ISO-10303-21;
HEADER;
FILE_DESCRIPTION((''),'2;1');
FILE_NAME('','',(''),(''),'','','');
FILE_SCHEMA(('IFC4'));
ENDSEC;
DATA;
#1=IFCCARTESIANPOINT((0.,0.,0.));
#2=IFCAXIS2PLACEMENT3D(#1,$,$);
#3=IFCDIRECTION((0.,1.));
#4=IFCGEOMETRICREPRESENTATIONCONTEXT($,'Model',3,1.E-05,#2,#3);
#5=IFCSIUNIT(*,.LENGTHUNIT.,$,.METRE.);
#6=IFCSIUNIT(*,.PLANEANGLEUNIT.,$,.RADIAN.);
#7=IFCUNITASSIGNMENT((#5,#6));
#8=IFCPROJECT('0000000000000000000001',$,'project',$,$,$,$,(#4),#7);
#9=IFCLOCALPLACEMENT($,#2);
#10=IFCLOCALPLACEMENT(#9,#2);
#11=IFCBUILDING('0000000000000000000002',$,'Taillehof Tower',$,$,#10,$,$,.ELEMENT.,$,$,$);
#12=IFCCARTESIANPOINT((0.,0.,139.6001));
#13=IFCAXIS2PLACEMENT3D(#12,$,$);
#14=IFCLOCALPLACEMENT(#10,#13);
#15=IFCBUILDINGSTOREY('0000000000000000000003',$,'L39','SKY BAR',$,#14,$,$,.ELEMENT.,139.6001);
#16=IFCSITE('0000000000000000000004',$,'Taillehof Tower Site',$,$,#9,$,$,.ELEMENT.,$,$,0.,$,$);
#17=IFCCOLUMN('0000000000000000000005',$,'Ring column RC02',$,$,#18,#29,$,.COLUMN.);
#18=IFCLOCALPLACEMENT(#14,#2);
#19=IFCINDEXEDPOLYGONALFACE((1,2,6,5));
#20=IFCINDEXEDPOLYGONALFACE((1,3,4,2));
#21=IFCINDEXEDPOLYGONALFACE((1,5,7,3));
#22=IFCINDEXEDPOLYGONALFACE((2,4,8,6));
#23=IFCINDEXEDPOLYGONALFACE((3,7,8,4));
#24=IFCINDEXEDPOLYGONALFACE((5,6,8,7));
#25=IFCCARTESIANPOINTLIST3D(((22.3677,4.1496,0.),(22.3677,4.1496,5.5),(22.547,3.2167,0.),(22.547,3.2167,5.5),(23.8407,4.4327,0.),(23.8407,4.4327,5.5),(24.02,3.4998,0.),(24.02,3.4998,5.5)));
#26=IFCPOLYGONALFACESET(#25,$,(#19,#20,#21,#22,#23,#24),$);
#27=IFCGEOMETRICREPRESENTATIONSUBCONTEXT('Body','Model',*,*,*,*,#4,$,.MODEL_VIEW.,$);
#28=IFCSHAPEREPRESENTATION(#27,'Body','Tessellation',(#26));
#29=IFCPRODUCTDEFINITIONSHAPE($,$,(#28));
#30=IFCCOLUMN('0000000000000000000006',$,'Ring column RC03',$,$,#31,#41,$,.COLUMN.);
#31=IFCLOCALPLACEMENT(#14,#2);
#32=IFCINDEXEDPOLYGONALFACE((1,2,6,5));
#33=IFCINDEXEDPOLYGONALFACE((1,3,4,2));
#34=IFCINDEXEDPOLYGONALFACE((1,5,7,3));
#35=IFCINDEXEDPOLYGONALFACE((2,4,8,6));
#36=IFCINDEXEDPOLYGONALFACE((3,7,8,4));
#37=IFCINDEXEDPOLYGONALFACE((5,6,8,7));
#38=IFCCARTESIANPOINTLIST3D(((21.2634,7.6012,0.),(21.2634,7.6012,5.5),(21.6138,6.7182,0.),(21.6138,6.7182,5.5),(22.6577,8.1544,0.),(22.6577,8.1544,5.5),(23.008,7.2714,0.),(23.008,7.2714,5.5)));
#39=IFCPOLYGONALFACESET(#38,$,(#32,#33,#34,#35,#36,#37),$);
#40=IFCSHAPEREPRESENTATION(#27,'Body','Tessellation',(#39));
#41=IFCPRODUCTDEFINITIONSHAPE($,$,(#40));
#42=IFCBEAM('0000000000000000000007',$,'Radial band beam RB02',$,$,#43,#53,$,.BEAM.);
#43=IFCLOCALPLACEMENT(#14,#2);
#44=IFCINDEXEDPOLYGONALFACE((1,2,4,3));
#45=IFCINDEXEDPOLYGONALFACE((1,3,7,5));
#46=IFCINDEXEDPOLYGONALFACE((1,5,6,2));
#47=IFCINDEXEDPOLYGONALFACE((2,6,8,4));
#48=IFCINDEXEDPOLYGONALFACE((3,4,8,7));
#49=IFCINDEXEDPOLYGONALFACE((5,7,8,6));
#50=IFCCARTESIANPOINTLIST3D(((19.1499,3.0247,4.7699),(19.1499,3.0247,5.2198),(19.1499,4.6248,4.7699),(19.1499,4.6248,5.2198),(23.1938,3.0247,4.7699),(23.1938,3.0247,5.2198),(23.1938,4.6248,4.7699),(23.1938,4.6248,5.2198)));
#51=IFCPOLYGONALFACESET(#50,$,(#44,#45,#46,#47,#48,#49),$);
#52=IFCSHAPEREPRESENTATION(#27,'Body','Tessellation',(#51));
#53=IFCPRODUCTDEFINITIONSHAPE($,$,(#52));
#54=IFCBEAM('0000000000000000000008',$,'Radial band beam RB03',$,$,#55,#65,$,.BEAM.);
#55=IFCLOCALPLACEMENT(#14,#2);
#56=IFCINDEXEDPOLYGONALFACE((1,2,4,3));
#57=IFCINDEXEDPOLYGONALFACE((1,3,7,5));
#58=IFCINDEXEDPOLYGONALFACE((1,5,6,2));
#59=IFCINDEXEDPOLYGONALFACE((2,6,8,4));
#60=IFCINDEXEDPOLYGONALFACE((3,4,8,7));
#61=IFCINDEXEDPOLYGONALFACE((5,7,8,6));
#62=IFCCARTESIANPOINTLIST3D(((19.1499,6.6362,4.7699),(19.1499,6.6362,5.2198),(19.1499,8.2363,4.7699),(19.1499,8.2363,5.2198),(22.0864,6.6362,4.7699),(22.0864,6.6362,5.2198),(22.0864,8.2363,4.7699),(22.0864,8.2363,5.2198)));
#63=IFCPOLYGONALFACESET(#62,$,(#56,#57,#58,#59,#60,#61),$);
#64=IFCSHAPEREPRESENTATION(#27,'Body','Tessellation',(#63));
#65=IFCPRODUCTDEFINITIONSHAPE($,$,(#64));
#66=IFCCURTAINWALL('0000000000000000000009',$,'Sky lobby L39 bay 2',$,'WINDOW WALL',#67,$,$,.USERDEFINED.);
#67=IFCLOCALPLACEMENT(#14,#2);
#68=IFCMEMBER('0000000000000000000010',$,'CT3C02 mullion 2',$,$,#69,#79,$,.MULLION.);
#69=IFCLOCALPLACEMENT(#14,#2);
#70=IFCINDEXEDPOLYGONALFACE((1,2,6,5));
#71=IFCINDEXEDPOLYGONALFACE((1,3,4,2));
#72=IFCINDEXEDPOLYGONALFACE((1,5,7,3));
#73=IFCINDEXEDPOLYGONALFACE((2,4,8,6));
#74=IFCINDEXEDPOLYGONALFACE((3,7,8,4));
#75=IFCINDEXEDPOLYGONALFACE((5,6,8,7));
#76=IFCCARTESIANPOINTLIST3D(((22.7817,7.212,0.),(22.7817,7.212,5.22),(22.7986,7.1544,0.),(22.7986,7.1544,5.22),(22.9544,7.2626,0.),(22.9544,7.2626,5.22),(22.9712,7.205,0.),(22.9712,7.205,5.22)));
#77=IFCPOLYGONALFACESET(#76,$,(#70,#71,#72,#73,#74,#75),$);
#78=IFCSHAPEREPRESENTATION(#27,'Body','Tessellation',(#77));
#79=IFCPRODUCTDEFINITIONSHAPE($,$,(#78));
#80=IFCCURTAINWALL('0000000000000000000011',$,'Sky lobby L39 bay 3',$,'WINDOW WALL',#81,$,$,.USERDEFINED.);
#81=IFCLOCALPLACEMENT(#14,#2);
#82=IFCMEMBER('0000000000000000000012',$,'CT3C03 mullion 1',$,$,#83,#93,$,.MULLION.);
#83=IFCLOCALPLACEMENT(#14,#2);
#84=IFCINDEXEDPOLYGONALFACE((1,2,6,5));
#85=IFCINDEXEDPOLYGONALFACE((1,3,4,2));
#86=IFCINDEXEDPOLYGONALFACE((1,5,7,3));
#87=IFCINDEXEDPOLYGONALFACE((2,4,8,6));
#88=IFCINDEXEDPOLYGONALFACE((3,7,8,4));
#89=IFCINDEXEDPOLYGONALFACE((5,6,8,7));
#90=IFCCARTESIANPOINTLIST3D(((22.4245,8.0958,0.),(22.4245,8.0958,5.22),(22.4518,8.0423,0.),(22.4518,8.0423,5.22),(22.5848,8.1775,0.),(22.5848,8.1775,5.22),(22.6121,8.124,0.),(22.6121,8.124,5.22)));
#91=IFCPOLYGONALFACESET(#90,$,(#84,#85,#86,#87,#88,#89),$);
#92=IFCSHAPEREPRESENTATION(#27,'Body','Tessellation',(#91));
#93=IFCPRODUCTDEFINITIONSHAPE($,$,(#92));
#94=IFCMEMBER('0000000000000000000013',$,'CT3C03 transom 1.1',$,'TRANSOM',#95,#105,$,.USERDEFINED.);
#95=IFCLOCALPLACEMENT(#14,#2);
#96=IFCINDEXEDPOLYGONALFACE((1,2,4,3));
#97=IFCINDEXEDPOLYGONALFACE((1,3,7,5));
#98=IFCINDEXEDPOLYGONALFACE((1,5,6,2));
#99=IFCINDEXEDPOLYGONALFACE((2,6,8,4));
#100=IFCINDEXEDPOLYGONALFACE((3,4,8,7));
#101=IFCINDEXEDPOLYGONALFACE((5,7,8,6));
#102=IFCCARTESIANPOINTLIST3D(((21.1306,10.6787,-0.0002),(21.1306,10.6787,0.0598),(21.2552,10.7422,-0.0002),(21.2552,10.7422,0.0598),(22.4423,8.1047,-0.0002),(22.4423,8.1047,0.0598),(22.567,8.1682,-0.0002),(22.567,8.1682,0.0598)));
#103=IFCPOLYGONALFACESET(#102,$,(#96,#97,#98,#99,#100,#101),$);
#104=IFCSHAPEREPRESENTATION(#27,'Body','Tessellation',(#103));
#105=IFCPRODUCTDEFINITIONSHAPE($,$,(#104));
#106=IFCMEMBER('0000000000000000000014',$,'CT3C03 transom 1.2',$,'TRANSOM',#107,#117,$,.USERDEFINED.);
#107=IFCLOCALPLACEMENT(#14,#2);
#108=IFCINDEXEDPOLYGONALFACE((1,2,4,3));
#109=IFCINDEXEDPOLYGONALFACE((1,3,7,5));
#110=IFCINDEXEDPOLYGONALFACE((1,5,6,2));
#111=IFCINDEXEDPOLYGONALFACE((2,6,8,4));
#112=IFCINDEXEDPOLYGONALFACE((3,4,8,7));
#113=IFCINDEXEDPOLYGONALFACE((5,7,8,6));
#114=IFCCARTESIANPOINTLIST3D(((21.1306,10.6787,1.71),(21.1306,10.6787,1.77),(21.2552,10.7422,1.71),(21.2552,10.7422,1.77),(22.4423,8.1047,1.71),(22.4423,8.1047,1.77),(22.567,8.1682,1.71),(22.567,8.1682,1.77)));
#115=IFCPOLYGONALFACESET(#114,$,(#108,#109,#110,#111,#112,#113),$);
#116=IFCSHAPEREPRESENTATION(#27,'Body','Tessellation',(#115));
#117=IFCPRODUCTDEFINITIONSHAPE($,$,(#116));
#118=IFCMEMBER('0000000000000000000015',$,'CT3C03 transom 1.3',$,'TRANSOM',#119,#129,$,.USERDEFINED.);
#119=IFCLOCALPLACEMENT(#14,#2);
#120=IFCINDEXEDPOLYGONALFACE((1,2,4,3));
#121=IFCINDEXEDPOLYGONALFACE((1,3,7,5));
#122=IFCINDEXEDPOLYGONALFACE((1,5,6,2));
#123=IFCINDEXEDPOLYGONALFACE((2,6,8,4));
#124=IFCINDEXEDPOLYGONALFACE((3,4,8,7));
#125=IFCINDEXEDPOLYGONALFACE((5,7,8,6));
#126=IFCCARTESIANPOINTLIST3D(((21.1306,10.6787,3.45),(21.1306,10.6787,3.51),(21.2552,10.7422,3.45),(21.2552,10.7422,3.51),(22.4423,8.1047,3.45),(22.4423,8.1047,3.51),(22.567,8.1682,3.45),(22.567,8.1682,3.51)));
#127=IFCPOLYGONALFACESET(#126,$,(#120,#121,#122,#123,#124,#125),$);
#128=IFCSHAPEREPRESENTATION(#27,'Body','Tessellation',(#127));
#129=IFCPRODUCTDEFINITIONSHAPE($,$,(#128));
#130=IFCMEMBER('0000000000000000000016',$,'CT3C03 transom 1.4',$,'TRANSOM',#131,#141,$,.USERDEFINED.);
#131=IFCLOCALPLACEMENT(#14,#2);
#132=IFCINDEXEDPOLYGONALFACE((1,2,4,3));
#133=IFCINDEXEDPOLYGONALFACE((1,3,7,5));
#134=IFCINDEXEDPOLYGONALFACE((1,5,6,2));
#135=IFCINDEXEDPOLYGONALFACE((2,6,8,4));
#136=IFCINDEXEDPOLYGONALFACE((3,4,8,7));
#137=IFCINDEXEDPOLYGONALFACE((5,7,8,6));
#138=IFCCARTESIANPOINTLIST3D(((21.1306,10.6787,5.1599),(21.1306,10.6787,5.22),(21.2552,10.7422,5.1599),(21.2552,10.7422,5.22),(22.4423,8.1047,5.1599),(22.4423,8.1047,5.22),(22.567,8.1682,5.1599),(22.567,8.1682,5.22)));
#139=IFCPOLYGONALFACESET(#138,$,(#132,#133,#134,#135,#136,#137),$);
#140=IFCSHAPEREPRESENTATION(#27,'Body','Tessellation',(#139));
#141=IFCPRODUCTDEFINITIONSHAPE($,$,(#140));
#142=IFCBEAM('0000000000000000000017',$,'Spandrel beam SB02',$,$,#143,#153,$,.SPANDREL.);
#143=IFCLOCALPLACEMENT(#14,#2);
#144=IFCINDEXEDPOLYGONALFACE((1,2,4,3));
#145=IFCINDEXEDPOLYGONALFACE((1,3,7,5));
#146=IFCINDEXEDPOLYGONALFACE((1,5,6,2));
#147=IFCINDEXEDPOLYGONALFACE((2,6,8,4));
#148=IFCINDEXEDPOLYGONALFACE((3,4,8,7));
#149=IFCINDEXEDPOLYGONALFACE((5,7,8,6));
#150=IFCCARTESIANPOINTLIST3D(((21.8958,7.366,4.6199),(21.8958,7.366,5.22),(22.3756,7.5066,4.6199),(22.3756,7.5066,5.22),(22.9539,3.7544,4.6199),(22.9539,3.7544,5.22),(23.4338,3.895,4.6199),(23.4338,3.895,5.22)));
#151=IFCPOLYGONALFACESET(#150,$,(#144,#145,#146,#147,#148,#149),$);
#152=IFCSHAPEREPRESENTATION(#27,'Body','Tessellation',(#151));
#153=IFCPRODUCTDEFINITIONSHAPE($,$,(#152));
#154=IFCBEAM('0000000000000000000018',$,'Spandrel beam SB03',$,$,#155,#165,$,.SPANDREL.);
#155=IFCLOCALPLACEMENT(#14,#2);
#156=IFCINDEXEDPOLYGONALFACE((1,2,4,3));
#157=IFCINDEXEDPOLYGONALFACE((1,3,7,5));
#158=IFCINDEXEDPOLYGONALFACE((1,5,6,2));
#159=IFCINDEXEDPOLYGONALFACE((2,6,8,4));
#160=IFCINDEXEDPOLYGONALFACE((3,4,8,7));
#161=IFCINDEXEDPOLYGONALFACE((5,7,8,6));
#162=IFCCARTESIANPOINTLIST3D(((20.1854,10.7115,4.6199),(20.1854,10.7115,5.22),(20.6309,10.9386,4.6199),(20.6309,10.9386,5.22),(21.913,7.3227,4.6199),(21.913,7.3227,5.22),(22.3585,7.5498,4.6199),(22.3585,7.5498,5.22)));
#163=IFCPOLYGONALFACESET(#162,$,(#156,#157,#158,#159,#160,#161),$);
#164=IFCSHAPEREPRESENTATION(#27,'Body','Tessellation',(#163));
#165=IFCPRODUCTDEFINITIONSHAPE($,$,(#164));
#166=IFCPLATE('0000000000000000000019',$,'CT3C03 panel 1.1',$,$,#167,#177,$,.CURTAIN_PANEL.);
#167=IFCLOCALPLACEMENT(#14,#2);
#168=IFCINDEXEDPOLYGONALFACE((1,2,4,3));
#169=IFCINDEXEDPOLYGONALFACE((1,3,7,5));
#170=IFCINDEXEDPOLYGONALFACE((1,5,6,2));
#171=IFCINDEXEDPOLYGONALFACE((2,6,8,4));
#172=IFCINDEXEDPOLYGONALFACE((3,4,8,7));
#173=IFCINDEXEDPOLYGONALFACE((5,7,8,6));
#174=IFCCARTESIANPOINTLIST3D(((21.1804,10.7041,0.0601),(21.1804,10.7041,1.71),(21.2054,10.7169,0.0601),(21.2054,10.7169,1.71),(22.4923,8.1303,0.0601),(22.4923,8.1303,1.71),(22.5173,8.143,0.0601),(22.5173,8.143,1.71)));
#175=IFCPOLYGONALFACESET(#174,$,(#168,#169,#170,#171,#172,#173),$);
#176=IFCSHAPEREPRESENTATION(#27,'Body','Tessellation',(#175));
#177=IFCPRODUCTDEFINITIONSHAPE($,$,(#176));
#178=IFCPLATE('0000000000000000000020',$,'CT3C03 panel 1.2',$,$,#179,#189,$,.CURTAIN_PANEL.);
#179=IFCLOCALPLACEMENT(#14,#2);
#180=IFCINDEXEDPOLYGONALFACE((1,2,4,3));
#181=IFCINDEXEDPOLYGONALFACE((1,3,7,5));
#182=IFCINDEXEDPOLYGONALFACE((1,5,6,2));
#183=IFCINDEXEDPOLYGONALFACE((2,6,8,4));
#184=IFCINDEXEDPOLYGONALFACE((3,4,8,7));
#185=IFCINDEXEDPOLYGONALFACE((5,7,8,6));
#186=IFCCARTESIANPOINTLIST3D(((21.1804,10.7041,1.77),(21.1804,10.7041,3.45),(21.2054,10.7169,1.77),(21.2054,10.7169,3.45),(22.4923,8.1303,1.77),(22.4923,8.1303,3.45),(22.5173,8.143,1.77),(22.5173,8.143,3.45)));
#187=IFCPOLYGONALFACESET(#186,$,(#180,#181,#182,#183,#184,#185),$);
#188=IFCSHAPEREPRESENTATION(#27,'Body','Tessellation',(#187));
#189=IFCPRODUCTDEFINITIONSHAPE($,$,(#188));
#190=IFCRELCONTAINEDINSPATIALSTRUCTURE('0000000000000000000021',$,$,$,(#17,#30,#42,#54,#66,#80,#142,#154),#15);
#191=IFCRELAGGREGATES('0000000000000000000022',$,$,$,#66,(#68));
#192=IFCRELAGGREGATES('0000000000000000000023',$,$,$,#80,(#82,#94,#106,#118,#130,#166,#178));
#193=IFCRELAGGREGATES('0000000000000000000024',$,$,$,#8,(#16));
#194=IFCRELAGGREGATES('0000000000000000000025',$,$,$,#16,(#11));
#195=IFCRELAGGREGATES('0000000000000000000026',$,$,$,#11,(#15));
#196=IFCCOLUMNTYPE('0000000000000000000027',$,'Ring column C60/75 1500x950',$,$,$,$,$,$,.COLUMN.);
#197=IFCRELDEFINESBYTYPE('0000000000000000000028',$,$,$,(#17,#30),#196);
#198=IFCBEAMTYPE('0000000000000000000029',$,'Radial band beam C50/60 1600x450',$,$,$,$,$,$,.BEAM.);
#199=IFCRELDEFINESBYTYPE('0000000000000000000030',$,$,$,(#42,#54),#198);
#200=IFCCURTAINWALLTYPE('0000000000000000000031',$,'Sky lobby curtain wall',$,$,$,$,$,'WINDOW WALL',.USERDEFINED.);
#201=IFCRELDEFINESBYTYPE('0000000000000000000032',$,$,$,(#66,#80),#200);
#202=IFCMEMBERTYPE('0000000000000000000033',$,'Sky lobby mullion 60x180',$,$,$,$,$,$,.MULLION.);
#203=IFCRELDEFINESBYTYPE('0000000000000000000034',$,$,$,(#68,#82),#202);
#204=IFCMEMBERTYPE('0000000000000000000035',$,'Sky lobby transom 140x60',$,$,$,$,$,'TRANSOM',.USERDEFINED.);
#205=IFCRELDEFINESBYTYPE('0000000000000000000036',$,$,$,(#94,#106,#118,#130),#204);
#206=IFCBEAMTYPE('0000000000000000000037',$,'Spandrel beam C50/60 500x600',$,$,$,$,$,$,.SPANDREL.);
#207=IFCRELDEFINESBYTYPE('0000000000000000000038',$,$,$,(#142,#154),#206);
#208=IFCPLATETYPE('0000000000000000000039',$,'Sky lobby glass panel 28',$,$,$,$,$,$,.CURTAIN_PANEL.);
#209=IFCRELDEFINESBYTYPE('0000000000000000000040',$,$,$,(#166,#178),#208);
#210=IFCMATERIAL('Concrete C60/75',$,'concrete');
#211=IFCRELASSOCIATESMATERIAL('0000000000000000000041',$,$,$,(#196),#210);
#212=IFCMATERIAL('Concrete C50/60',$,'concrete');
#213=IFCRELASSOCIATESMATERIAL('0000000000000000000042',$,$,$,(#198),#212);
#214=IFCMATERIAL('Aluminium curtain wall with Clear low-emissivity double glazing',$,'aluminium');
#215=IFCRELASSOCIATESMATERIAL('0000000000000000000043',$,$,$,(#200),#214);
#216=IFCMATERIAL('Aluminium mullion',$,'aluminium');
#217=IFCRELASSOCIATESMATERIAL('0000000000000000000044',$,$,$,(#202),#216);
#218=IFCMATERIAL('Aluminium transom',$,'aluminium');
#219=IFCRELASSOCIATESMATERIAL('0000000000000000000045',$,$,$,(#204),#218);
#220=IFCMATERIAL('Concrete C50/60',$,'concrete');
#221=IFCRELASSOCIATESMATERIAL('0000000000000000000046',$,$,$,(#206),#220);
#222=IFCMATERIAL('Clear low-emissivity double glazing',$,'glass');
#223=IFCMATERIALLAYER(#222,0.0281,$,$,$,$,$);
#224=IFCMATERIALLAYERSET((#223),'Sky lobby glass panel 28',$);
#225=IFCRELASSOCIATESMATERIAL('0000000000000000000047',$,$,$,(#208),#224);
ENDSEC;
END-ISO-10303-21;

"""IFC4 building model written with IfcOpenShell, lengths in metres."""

from ifc_helpers import new_model, si_unit, direction, frame, origin, origin_2d, place, context, subcontext, project, spatial, rectangle, extrude, material, layer, layer_set, material_profile, profile_set, type_object, element, aggregate, save


model = new_model("IFC4")

# Units and contexts
model_context = context("Model", 3, precision=1e-05, world=origin(), true_north=direction((0.0, 1.0)))
body_context = subcontext(model_context, "Body", "Model", "MODEL_VIEW")
ifc_project = project(units=[si_unit("LENGTHUNIT", "METRE"), si_unit("PLANEANGLEUNIT", "RADIAN")], contexts=[model_context])

# Site, building, storey
site_placement = place(None, origin())
site = spatial("IfcSite", under=ifc_project, at=site_placement, Name="Taillehof Tower Site", CompositionType="ELEMENT", RefElevation=0.0)
building_placement = place(site_placement, origin())
building = spatial("IfcBuilding", under=site, at=building_placement, Name="Taillehof Tower", CompositionType="ELEMENT")
storey_placement = place(building_placement, frame((0.0, 0.0, 139.6001)))
storey = spatial("IfcBuildingStorey", under=building, at=storey_placement, Name="L39", Description="SKY BAR", CompositionType="ELEMENT", Elevation=139.6001)

# Columns
ifc_material_1 = material(Name="Concrete C60/75", Category="concrete")
ifc_material_profile_1 = material_profile(ifc_material_1, rectangle(XDim=1.5, YDim=0.95, at=origin_2d()), Name="RC 1500x950")
ifc_profile_set_1 = profile_set([ifc_material_profile_1], Name="Concrete C60/75")
column_type = type_object("IfcColumnType", Name="Ring column C60/75 1500x950", PredefinedType="COLUMN", material=ifc_profile_set_1)
for number, where, z_axis, x_axis, name in (
    (1, (23.1938, 3.8247, 0.0), (0.0, 0.0, 1.0), (0.982024, 0.188757, 0.0), "Ring column RC02"),
    (2, (22.1357, 7.4363, 0.0), (0.0, 0.0, 1.0), (0.929511, 0.368793, 0.0), "Ring column RC03"),
):
    element("IfcColumn", number, at=place(storey_placement, frame(where, z_axis=z_axis, x_axis=x_axis)), inside=storey, type_object=column_type, Name=name, PredefinedType="COLUMN", context=body_context, shape_type="SweptSolid", body=[
        extrude(rectangle(XDim=1.5, YDim=0.95, at=origin_2d()), origin(), (0.0, 0.0, 1.0), 5.5),
    ])

# Beams
ifc_material_2 = material(Name="Concrete C50/60", Category="concrete")
ifc_material_profile_2 = material_profile(ifc_material_2, rectangle(XDim=1.6001, YDim=0.45, at=origin_2d()), Name="RC 1600x450")
ifc_profile_set_2 = profile_set([ifc_material_profile_2], Name="Concrete C50/60")
beam_type_1 = type_object("IfcBeamType", Name="Radial band beam C50/60 1600x450", PredefinedType="BEAM", material=ifc_profile_set_2)
beam_1_placement = place(storey_placement, frame((23.1938, 3.8247, 4.9949), z_axis=(-1.0, 0.0, 0.0), x_axis=(0.0, -1.0, 0.0)))
element("IfcBeam", 3, at=beam_1_placement, inside=storey, type_object=beam_type_1, Name="Radial band beam RB02", PredefinedType="BEAM", context=body_context, shape_type="SweptSolid", body=[
    extrude(rectangle(XDim=1.6001, YDim=0.45, at=origin_2d()), origin(), (0.0, 0.0, 1.0), 4.0439),
])
beam_2_placement = place(storey_placement, frame((22.0864, 7.4363, 4.9949), z_axis=(-1.0, 0.0, 0.0), x_axis=(0.0, -1.0, 0.0)))
element("IfcBeam", 4, at=beam_2_placement, inside=storey, type_object=beam_type_1, Name="Radial band beam RB03", PredefinedType="BEAM", context=body_context, shape_type="SweptSolid", body=[
    extrude(rectangle(XDim=1.6001, YDim=0.45, at=origin_2d()), origin(), (0.0, 0.0, 1.0), 2.9365),
])

# Curtain wall, member
ifc_material_3 = material(Name="Aluminium curtain wall with Clear low-emissivity double glazing", Category="aluminium")
curtain_wall_type = type_object("IfcCurtainWallType", Name="Sky lobby curtain wall", ElementType="WINDOW WALL", PredefinedType="USERDEFINED", material=ifc_material_3)
curtain_wall_1_placement = place(storey_placement, origin())
curtain_wall_1 = element("IfcCurtainWall", 5, at=curtain_wall_1_placement, inside=storey, type_object=curtain_wall_type, Name="Sky lobby L39 bay 2", ObjectType="WINDOW WALL", PredefinedType="USERDEFINED")
ifc_material_4 = material(Name="Aluminium mullion", Category="aluminium")
ifc_material_profile_3 = material_profile(ifc_material_4, rectangle(XDim=0.1799, YDim=0.0601, at=origin_2d()), Name="AL 60x180")
ifc_profile_set_3 = profile_set([ifc_material_profile_3], Name="Aluminium mullion")
member_type_1 = type_object("IfcMemberType", Name="Sky lobby mullion 60x180", PredefinedType="MULLION", material=ifc_profile_set_3)
member_1_placement = place(storey_placement, frame((22.8765, 7.2085, 0.0), z_axis=(0.0, 0.0, 1.0), x_axis=(-0.959684, -0.28108, 0.0)))
member_1 = element("IfcMember", 6, at=member_1_placement, type_object=member_type_1, Name="CT3C02 mullion 2", PredefinedType="MULLION", context=body_context, shape_type="SweptSolid", body=[
    extrude(rectangle(XDim=0.1799, YDim=0.0601, at=origin_2d()), origin(), (0.0, 0.0, 1.0), 5.22),
])
aggregate(curtain_wall_1, [member_1])

# Curtain wall, members
curtain_wall_2_placement = place(storey_placement, origin())
curtain_wall_2 = element("IfcCurtainWall", 7, at=curtain_wall_2_placement, inside=storey, type_object=curtain_wall_type, Name="Sky lobby L39 bay 3", ObjectType="WINDOW WALL", PredefinedType="USERDEFINED")
member_2_placement = place(storey_placement, frame((22.5183, 8.1099, 0.0), z_axis=(0.0, 0.0, 1.0), x_axis=(-0.89094, -0.454121, 0.0)))
member_2 = element("IfcMember", 8, at=member_2_placement, type_object=member_type_1, Name="CT3C03 mullion 1", PredefinedType="MULLION", context=body_context, shape_type="SweptSolid", body=[
    extrude(rectangle(XDim=0.1799, YDim=0.0601, at=origin_2d()), origin(), (0.0, 0.0, 1.0), 5.22),
])
ifc_material_5 = material(Name="Aluminium transom", Category="aluminium")
ifc_material_profile_4 = material_profile(ifc_material_5, rectangle(XDim=0.1399, YDim=0.0601, at=origin_2d()), Name="AL 140x60")
ifc_profile_set_4 = profile_set([ifc_material_profile_4], Name="Aluminium transom")
member_type_2 = type_object("IfcMemberType", Name="Sky lobby transom 140x60", ElementType="TRANSOM", PredefinedType="USERDEFINED", material=ifc_profile_set_4)
member_3_placement = place(storey_placement, frame((22.5046, 8.1365, 0.0298), z_axis=(-0.454062, 0.89097, 0.0), x_axis=(-0.89097, -0.454062, 0.0)))
member_3 = element("IfcMember", 9, at=member_3_placement, type_object=member_type_2, Name="CT3C03 transom 1.1", ObjectType="TRANSOM", PredefinedType="USERDEFINED", context=body_context, shape_type="SweptSolid", body=[
    extrude(rectangle(XDim=0.1399, YDim=0.0601, at=origin_2d()), origin(), (0.0, 0.0, 1.0), 2.8889),
])
member_4_placement = place(storey_placement, frame((22.5046, 8.1365, 1.74), z_axis=(-0.454062, 0.89097, 0.0), x_axis=(-0.89097, -0.454062, 0.0)))
member_4 = element("IfcMember", 10, at=member_4_placement, type_object=member_type_2, Name="CT3C03 transom 1.2", ObjectType="TRANSOM", PredefinedType="USERDEFINED", context=body_context, shape_type="SweptSolid", body=[
    extrude(rectangle(XDim=0.1399, YDim=0.0601, at=origin_2d()), origin(), (0.0, 0.0, 1.0), 2.8889),
])
member_5_placement = place(storey_placement, frame((22.5046, 8.1365, 3.48), z_axis=(-0.454062, 0.89097, 0.0), x_axis=(-0.89097, -0.454062, 0.0)))
member_5 = element("IfcMember", 11, at=member_5_placement, type_object=member_type_2, Name="CT3C03 transom 1.3", ObjectType="TRANSOM", PredefinedType="USERDEFINED", context=body_context, shape_type="SweptSolid", body=[
    extrude(rectangle(XDim=0.1399, YDim=0.0601, at=origin_2d()), origin(), (0.0, 0.0, 1.0), 2.8889),
])
member_6_placement = place(storey_placement, frame((22.5046, 8.1365, 5.1899), z_axis=(-0.454062, 0.89097, 0.0), x_axis=(-0.89097, -0.454062, 0.0)))
member_6 = element("IfcMember", 12, at=member_6_placement, type_object=member_type_2, Name="CT3C03 transom 1.4", ObjectType="TRANSOM", PredefinedType="USERDEFINED", context=body_context, shape_type="SweptSolid", body=[
    extrude(rectangle(XDim=0.1399, YDim=0.0601, at=origin_2d()), origin(), (0.0, 0.0, 1.0), 2.8889),
])

# Beams
ifc_material_6 = material(Name="Concrete C50/60", Category="concrete")
ifc_material_profile_5 = material_profile(ifc_material_6, rectangle(XDim=0.5, YDim=0.6001, at=origin_2d()), Name="RC 500x600")
ifc_profile_set_5 = profile_set([ifc_material_profile_5], Name="Concrete C50/60")
beam_type_2 = type_object("IfcBeamType", Name="Spandrel beam C50/60 500x600", PredefinedType="SPANDREL", material=ifc_profile_set_5)
beam_3_placement = place(storey_placement, frame((23.1938, 3.8247, 4.9199), z_axis=(-0.281158, 0.959661, 0.0), x_axis=(-0.959661, -0.281158, 0.0)))
element("IfcBeam", 13, at=beam_3_placement, inside=storey, type_object=beam_type_2, Name="Spandrel beam SB02", PredefinedType="SPANDREL", context=body_context, shape_type="SweptSolid", body=[
    extrude(rectangle(XDim=0.5, YDim=0.6001, at=origin_2d()), origin(), (0.0, 0.0, 1.0), 3.7634),
])
beam_4_placement = place(storey_placement, frame((22.1357, 7.4363, 4.9199), z_axis=(-0.454183, 0.890908, 0.0), x_axis=(-0.890908, -0.454183, 0.0)))
element("IfcBeam", 14, at=beam_4_placement, inside=storey, type_object=beam_type_2, Name="Spandrel beam SB03", PredefinedType="SPANDREL", context=body_context, shape_type="SweptSolid", body=[
    extrude(rectangle(XDim=0.5, YDim=0.6001, at=origin_2d()), origin(), (0.0, 0.0, 1.0), 3.8037),
])

# Plates
ifc_material_7 = material(Name="Clear low-emissivity double glazing", Category="glass")
ifc_layer_1 = layer(ifc_material_7, 0.0281)
ifc_layer_set_1 = layer_set([ifc_layer_1], Name="Sky lobby glass panel 28")
plate_type = type_object("IfcPlateType", Name="Sky lobby glass panel 28", PredefinedType="CURTAIN_PANEL", material=ifc_layer_set_1)
plate_1_placement = place(storey_placement, frame((21.8489, 9.4236, 0.0601), z_axis=(0.0, 0.0, 1.0), x_axis=(-0.454121, 0.89094, 0.0)))
plate_1 = element("IfcPlate", 15, at=plate_1_placement, type_object=plate_type, Name="CT3C03 panel 1.1", PredefinedType="CURTAIN_PANEL", context=body_context, shape_type="SweptSolid", body=[
    extrude(rectangle(XDim=2.8889, YDim=0.0281, at=origin_2d()), origin(), (0.0, 0.0, 1.0), 1.6499),
])
plate_2_placement = place(storey_placement, frame((21.8489, 9.4236, 1.77), z_axis=(0.0, 0.0, 1.0), x_axis=(-0.454121, 0.89094, 0.0)))
plate_2 = element("IfcPlate", 16, at=plate_2_placement, type_object=plate_type, Name="CT3C03 panel 1.2", PredefinedType="CURTAIN_PANEL", context=body_context, shape_type="SweptSolid", body=[
    extrude(rectangle(XDim=2.8889, YDim=0.0281, at=origin_2d()), origin(), (0.0, 0.0, 1.0), 1.6799),
])
aggregate(curtain_wall_2, [member_2, member_3, member_4, member_5, member_6, plate_1, plate_2])

save(model, "model.ifc")
